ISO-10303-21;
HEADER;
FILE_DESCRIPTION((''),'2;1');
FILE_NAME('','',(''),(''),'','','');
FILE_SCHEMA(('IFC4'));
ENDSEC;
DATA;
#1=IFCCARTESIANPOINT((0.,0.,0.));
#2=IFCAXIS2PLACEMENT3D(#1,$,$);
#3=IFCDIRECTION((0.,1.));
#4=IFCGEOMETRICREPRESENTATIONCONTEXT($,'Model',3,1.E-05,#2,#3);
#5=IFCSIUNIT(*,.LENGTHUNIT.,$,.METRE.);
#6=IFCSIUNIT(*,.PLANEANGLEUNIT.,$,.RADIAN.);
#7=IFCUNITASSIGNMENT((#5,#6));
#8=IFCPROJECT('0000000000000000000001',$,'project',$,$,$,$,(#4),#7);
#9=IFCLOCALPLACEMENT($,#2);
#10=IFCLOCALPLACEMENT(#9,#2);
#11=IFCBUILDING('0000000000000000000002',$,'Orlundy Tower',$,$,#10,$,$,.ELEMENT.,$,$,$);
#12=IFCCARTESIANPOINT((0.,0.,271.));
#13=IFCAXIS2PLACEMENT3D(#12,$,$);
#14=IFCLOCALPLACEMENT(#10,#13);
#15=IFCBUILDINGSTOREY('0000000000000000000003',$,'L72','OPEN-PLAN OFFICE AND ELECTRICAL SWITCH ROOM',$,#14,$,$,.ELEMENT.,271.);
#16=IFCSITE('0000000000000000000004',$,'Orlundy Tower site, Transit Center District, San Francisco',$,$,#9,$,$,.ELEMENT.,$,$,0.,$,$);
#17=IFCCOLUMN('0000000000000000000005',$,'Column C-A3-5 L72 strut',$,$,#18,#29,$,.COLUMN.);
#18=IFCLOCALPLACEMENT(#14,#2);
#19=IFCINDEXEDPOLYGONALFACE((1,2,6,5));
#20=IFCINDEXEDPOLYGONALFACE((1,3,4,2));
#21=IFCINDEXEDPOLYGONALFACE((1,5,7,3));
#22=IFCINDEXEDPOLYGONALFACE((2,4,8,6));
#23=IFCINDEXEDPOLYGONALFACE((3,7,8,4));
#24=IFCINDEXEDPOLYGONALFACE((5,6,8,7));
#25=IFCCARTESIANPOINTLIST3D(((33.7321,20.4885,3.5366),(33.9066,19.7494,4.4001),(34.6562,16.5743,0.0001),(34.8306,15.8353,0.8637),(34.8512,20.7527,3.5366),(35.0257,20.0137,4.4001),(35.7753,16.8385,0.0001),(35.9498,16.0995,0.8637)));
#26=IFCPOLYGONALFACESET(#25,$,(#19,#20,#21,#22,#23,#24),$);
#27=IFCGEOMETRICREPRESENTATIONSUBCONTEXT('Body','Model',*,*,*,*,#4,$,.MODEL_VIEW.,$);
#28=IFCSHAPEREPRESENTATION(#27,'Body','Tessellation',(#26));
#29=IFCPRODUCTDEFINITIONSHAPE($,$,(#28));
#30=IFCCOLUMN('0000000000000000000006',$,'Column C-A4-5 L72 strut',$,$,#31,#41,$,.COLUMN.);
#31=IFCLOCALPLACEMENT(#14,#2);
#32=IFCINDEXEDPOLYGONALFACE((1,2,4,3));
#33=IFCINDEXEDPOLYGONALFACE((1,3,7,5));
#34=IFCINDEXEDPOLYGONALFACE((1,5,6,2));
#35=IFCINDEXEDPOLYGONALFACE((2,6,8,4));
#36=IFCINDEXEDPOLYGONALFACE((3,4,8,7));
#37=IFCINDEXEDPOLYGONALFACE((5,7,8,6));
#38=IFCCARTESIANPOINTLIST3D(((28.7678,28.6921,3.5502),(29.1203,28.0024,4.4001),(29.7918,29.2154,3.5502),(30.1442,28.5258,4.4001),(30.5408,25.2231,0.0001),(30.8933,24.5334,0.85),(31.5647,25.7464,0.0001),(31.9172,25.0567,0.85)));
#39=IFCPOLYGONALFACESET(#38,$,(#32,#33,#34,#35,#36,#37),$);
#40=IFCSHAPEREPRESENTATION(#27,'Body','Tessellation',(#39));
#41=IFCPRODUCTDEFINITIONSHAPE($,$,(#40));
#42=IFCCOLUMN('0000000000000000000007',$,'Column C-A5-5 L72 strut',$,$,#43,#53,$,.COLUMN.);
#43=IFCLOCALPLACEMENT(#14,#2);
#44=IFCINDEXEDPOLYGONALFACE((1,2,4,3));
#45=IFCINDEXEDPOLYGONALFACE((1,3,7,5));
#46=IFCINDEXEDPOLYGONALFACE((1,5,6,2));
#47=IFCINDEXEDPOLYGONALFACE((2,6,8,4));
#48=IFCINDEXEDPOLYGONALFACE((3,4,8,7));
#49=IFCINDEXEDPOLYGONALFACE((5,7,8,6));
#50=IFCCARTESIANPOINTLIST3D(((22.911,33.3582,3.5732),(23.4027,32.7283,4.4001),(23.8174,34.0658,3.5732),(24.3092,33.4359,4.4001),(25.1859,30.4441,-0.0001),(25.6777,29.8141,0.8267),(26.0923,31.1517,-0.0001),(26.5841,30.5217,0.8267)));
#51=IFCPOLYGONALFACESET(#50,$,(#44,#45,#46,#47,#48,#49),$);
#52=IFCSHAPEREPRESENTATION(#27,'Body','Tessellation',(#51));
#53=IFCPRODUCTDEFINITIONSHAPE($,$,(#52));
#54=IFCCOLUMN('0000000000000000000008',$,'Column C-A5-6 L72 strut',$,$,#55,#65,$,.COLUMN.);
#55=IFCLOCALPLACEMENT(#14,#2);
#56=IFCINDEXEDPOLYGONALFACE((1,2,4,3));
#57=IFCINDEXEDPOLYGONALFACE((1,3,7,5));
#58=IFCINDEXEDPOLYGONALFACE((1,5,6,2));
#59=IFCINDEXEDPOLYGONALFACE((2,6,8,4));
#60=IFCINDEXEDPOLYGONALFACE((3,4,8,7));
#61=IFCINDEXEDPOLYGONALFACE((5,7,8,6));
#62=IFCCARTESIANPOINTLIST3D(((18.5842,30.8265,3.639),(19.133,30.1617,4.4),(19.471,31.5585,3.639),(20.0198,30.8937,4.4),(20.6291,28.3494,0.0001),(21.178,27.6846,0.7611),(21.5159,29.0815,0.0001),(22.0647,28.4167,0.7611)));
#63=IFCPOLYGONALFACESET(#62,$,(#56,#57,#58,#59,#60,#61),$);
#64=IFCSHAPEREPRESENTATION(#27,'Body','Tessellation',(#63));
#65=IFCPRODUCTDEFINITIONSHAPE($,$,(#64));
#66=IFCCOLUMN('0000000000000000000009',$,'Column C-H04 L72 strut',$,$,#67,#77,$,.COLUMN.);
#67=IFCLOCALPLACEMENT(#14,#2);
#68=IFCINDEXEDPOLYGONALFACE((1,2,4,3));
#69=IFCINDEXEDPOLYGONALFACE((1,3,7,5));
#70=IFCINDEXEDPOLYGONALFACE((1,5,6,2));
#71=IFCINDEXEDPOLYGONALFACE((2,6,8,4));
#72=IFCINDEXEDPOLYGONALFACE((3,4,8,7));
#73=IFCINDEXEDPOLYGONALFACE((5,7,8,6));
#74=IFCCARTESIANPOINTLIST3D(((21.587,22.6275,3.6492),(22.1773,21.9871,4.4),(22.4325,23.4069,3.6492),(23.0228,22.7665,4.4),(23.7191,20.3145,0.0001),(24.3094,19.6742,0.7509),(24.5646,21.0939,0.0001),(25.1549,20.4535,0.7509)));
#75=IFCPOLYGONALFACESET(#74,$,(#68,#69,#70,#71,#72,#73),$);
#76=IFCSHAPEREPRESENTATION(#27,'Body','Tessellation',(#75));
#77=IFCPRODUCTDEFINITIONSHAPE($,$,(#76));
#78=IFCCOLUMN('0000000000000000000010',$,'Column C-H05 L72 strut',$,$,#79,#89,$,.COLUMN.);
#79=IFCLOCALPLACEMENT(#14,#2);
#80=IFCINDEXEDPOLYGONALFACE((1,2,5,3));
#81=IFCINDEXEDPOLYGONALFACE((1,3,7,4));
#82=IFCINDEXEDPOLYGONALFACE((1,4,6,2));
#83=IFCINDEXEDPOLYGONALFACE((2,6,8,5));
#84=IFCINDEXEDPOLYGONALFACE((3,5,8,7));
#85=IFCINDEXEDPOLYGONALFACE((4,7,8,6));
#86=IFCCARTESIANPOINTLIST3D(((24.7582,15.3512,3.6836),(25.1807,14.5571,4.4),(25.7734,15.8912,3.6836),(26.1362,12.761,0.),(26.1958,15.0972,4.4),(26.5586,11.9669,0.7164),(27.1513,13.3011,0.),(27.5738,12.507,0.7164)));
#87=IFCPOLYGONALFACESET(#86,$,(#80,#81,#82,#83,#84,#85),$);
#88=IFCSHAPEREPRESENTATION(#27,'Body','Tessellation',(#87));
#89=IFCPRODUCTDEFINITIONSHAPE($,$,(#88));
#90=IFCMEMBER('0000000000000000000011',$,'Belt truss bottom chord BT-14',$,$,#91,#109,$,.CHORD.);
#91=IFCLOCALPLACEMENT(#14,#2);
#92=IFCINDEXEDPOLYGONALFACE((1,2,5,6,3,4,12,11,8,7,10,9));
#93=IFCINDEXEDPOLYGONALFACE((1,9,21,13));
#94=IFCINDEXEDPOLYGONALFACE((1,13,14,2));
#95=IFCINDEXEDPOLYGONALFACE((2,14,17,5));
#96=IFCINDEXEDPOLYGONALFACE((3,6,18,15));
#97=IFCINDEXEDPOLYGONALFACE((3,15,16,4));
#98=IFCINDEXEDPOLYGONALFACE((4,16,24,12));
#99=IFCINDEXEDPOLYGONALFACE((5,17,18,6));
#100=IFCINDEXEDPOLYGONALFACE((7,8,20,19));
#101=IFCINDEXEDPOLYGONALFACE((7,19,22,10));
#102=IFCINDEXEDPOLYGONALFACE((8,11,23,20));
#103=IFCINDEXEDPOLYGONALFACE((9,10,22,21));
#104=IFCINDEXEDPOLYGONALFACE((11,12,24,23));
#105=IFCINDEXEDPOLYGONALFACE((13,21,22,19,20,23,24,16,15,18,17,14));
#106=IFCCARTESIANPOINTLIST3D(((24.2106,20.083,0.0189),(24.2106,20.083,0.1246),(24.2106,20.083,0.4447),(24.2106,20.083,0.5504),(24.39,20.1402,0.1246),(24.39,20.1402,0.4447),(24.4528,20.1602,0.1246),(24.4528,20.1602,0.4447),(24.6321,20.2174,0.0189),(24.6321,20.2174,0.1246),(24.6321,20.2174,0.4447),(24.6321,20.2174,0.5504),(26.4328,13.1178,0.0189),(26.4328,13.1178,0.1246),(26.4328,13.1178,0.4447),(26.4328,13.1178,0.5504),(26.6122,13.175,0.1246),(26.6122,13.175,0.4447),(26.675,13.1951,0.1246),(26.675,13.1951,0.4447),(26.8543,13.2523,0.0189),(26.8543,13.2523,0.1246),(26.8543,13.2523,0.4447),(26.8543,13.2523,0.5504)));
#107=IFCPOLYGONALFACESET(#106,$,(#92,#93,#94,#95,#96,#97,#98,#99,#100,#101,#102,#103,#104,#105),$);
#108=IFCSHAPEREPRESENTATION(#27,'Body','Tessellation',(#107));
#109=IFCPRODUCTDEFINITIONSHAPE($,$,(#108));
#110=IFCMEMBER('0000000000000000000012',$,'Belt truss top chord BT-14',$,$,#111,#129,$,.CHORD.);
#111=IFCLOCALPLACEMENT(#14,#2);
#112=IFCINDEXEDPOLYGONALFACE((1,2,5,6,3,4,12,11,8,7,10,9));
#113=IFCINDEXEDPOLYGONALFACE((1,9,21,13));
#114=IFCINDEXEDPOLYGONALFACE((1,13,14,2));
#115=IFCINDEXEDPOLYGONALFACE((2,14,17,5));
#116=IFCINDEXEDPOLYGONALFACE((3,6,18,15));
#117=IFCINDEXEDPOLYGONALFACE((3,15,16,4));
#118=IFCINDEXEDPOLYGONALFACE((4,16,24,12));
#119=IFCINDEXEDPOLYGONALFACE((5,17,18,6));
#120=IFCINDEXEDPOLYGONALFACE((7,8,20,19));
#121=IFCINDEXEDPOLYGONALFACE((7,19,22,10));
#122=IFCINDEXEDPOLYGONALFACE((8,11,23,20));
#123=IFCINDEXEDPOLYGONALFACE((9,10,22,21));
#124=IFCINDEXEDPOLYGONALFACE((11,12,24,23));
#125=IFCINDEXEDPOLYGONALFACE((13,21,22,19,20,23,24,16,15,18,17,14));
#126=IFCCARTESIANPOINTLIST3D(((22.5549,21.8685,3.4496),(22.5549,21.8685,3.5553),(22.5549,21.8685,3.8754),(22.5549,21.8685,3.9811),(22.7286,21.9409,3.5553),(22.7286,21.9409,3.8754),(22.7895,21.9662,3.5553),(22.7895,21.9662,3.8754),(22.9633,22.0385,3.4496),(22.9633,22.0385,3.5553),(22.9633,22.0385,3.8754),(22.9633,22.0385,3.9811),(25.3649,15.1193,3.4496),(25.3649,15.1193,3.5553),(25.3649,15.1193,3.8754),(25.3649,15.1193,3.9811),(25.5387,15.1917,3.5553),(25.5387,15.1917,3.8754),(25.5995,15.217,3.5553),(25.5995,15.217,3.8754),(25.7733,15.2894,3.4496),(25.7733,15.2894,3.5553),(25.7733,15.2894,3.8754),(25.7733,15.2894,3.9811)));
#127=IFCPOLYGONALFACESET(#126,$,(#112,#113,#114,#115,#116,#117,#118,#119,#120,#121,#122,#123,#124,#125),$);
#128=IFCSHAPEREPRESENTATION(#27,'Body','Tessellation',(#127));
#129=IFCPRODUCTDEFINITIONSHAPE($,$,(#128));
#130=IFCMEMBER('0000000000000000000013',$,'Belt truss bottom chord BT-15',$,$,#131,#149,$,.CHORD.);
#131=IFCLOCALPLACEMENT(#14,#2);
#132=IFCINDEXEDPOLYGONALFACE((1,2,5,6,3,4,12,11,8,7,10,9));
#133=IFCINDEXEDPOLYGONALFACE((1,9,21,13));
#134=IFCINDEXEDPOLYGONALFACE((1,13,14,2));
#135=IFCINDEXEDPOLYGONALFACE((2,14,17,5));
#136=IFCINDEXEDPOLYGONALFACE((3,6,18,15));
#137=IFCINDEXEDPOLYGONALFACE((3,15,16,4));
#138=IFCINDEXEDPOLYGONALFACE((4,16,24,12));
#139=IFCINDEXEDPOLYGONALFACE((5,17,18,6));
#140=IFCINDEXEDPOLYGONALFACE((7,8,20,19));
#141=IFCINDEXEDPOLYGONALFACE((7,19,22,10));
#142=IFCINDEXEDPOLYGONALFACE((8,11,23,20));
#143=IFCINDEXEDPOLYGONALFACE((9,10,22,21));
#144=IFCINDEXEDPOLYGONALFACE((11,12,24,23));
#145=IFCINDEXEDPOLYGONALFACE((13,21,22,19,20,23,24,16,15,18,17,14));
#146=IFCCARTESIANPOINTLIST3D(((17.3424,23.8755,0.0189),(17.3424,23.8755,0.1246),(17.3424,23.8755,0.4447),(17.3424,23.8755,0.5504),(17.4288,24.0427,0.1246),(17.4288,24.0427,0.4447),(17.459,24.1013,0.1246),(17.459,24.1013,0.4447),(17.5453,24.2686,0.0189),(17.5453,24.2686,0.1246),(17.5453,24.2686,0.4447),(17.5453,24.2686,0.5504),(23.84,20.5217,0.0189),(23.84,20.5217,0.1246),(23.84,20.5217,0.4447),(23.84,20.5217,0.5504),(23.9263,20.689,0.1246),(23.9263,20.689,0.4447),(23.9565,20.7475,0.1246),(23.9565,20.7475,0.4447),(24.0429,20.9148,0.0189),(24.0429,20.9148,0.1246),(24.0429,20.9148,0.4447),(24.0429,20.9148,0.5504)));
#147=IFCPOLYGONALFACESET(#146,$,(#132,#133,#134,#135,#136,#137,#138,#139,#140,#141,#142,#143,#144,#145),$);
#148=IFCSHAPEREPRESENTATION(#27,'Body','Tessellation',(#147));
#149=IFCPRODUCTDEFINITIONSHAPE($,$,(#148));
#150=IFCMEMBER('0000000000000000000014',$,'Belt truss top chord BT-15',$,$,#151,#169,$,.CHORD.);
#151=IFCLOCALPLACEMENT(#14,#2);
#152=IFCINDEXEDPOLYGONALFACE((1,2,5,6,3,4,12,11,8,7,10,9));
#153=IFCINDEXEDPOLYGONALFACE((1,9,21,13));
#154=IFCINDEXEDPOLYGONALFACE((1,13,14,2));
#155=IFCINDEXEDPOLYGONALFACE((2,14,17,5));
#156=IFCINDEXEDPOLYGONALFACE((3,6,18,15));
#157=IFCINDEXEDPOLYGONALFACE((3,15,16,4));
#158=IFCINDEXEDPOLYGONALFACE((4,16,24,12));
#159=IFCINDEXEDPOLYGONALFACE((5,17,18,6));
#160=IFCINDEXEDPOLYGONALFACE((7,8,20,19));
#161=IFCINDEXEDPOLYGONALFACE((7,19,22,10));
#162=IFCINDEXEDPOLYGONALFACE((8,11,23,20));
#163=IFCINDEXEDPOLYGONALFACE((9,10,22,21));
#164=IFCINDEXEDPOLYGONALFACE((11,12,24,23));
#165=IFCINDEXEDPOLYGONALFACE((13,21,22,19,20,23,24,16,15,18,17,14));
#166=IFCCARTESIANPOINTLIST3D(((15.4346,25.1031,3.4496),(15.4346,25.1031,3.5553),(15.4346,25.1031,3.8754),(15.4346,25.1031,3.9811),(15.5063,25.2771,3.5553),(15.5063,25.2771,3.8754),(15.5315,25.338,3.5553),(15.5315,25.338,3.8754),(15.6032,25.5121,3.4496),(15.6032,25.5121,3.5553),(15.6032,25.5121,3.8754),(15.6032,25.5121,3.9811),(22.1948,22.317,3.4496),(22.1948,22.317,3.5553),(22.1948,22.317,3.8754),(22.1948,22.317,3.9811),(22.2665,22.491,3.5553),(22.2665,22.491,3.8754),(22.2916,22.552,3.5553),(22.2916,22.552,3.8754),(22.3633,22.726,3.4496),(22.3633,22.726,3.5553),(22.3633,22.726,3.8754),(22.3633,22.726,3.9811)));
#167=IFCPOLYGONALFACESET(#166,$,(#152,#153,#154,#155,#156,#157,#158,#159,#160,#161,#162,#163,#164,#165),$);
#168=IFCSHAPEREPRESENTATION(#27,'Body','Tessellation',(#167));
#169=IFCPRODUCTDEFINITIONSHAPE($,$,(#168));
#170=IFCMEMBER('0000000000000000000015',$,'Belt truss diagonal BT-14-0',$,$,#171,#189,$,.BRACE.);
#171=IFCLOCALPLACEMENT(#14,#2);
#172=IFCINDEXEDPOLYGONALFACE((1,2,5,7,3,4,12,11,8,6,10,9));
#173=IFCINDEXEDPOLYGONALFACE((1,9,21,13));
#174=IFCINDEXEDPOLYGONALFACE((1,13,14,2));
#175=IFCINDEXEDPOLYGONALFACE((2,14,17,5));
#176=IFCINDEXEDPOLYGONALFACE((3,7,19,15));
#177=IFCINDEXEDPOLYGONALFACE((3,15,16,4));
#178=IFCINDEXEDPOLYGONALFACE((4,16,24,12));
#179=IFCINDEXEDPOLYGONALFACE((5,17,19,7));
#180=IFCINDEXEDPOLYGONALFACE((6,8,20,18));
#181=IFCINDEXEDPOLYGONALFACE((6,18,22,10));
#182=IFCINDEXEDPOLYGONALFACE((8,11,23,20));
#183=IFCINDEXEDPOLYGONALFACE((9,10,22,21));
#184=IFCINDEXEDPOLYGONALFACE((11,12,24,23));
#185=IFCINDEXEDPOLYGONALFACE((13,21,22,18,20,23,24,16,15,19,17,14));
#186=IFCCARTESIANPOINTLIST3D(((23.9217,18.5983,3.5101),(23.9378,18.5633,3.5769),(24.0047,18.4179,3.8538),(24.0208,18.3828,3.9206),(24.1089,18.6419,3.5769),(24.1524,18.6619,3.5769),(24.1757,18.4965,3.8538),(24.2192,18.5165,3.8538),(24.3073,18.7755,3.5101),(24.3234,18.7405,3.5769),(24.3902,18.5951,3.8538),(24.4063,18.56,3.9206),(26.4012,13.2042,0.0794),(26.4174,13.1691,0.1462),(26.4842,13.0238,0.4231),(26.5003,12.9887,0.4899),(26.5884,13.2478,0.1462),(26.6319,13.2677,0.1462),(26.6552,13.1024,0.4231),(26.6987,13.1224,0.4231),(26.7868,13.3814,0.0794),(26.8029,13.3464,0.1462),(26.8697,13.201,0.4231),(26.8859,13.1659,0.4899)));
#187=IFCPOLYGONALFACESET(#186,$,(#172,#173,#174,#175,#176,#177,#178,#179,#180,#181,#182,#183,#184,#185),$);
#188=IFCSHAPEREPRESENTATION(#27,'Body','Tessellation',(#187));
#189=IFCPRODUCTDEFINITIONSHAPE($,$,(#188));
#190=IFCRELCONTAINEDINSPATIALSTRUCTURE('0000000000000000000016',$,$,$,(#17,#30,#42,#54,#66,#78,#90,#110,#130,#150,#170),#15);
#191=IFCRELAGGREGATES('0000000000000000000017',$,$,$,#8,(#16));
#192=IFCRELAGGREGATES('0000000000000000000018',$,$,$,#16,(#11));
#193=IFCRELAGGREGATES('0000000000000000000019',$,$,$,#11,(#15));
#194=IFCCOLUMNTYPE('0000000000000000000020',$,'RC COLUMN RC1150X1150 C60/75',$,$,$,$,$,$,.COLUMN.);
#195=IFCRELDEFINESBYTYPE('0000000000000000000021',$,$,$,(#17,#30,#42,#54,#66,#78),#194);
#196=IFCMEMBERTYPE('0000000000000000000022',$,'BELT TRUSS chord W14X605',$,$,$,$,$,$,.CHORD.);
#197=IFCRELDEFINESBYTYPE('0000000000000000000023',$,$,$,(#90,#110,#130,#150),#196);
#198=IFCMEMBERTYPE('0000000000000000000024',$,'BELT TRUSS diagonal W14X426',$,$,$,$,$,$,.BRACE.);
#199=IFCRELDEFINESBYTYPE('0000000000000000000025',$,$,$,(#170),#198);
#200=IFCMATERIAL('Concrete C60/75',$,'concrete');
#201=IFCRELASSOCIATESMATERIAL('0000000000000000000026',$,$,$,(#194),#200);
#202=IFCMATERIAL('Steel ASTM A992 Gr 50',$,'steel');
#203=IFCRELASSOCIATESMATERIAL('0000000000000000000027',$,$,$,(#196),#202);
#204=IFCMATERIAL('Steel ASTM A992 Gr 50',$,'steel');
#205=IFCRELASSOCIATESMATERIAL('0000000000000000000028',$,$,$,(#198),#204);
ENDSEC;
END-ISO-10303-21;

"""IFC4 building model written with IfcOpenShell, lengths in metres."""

from ifc_helpers import new_model, si_unit, direction, frame, origin, origin_2d, place, context, subcontext, project, spatial, rectangle, i_section, extrude, material, material_profile, profile_set, type_object, element, save


model = new_model("IFC4")

# Units and contexts
model_context = context("Model", 3, precision=1e-05, world=origin(), true_north=direction((0.0, 1.0)))
body_context = subcontext(model_context, "Body", "Model", "MODEL_VIEW")
ifc_project = project(units=[si_unit("LENGTHUNIT", "METRE"), si_unit("PLANEANGLEUNIT", "RADIAN")], contexts=[model_context])

# Site, building, storey
site_placement = place(None, origin())
site = spatial("IfcSite", under=ifc_project, at=site_placement, Name="Orlundy Tower site, Transit Center District, San Francisco", CompositionType="ELEMENT", RefElevation=0.0)
building_placement = place(site_placement, origin())
building = spatial("IfcBuilding", under=site, at=building_placement, Name="Orlundy Tower", CompositionType="ELEMENT")
storey_placement = place(building_placement, frame((0.0, 0.0, 271.0)))
storey = spatial("IfcBuildingStorey", under=building, at=storey_placement, Name="L72", Description="OPEN-PLAN OFFICE AND ELECTRICAL SWITCH ROOM", CompositionType="ELEMENT", Elevation=271.0)

# Columns
ifc_material_1 = material(Name="Concrete C60/75", Category="concrete")
ifc_material_profile_1 = material_profile(ifc_material_1, rectangle(XDim=1.1499, YDim=1.1499, at=origin_2d()), Name="RC1150X1150")
ifc_profile_set_1 = profile_set([ifc_material_profile_1], Name="Concrete C60/75")
column_type = type_object("IfcColumnType", Name="RC COLUMN RC1150X1150 C60/75", PredefinedType="COLUMN", material=ifc_profile_set_1)
column_1_placement = place(storey_placement, frame((35.303, 16.3369, 0.4319), z_axis=(-0.172551, 0.73087, 0.660345), x_axis=(-0.973244, -0.229774, 0.0)))
element("IfcColumn", 1, at=column_1_placement, inside=storey, type_object=column_type, Name="Column C-A3-5 L72 strut", PredefinedType="COLUMN", context=body_context, shape_type="SweptSolid", body=[
    extrude(rectangle(XDim=1.1499, YDim=1.1499, at=origin_2d()), origin(), (0.0, 0.0, 1.0), 5.3555),
])
column_2_placement = place(storey_placement, frame((31.229, 25.1399, 0.425), z_axis=(-0.336379, 0.658168, 0.673546), x_axis=(-0.890444, -0.455092, 0.0)))
element("IfcColumn", 2, at=column_2_placement, inside=storey, type_object=column_type, Name="Column C-A4-5 L72 strut", PredefinedType="COLUMN", context=body_context, shape_type="SweptSolid", body=[
    extrude(rectangle(XDim=1.1499, YDim=1.1499, at=origin_2d()), origin(), (0.0, 0.0, 1.0), 5.2708),
])
column_3_placement = place(storey_placement, frame((25.885, 30.4829, 0.4133), z_axis=(-0.442459, 0.566773, 0.694981), x_axis=(-0.788249, -0.615357, 0.0)))
element("IfcColumn", 3, at=column_3_placement, inside=storey, type_object=column_type, Name="Column C-A5-5 L72 strut", PredefinedType="COLUMN", context=body_context, shape_type="SweptSolid", body=[
    extrude(rectangle(XDim=1.1499, YDim=1.1499, at=origin_2d()), origin(), (0.0, 0.0, 1.0), 5.1416),
])
column_4_placement = place(storey_placement, frame((21.3469, 28.3831, 0.3806), z_axis=(-0.421305, 0.510334, 0.749707), x_axis=(-0.771166, -0.636634, 0.0)))
element("IfcColumn", 4, at=column_4_placement, inside=storey, type_object=column_type, Name="Column C-A5-6 L72 strut", PredefinedType="COLUMN", context=body_context, shape_type="SweptSolid", body=[
    extrude(rectangle(XDim=1.1499, YDim=1.1499, at=origin_2d()), origin(), (0.0, 0.0, 1.0), 4.8538),
])
column_5_placement = place(storey_placement, frame((24.437, 20.384, 0.3755), z_axis=(-0.442533, 0.480083, 0.75742), x_axis=(-0.735276, -0.677767, 0.0)))
element("IfcColumn", 5, at=column_5_placement, inside=storey, type_object=column_type, Name="Column C-H04 L72 strut", PredefinedType="COLUMN", context=body_context, shape_type="SweptSolid", body=[
    extrude(rectangle(XDim=1.1499, YDim=1.1499, at=origin_2d()), origin(), (0.0, 0.0, 1.0), 4.8179),
])
column_6_placement = place(storey_placement, frame((26.855, 12.634, 0.3582), z_axis=(-0.292607, 0.550012, 0.78222), x_axis=(-0.882841, -0.469672, 0.0)))
element("IfcColumn", 6, at=column_6_placement, inside=storey, type_object=column_type, Name="Column C-H05 L72 strut", PredefinedType="COLUMN", context=body_context, shape_type="SweptSolid", body=[
    extrude(rectangle(XDim=1.1499, YDim=1.1499, at=origin_2d()), origin(), (0.0, 0.0, 1.0), 4.7092),
])

# Members
ifc_material_2 = material(Name="Steel ASTM A992 Gr 50", Category="steel")
ifc_material_profile_2 = material_profile(ifc_material_2, i_section(OverallWidth=0.4424, OverallDepth=0.5315, WebThickness=0.0659, FlangeThickness=0.1057, at=origin_2d()), Name="W14X605")
ifc_profile_set_2 = profile_set([ifc_material_profile_2], Name="Steel ASTM A992 Gr 50")
member_type_1 = type_object("IfcMemberType", Name="BELT TRUSS chord W14X605", PredefinedType="CHORD", material=ifc_profile_set_2)
member_1_placement = place(storey_placement, frame((26.6436, 13.1851, 0.2847), z_axis=(-0.303949, 0.952688, 0.0), x_axis=(-0.952688, -0.303949, 0.0)))
element("IfcMember", 7, at=member_1_placement, inside=storey, type_object=member_type_1, Name="Belt truss bottom chord BT-14", PredefinedType="CHORD", context=body_context, shape_type="SweptSolid", body=[
    extrude(i_section(OverallWidth=0.4424, OverallDepth=0.5315, WebThickness=0.0659, FlangeThickness=0.1057, at=origin_2d()), origin(), (0.0, 0.0, 1.0), 7.311),
])
member_2_placement = place(storey_placement, frame((25.5691, 15.2043, 3.7153), z_axis=(-0.384366, 0.923181, 0.0), x_axis=(-0.923181, -0.384366, 0.0)))
element("IfcMember", 8, at=member_2_placement, inside=storey, type_object=member_type_1, Name="Belt truss top chord BT-14", PredefinedType="CHORD", context=body_context, shape_type="SweptSolid", body=[
    extrude(i_section(OverallWidth=0.4424, OverallDepth=0.5315, WebThickness=0.0659, FlangeThickness=0.1057, at=origin_2d()), origin(), (0.0, 0.0, 1.0), 7.3108),
])
member_3_placement = place(storey_placement, frame((23.9414, 20.7183, 0.2847), z_axis=(-0.888611, 0.458662, 0.0), x_axis=(-0.458662, -0.888611, 0.0)))
element("IfcMember", 9, at=member_3_placement, inside=storey, type_object=member_type_1, Name="Belt truss bottom chord BT-15", PredefinedType="CHORD", context=body_context, shape_type="SweptSolid", body=[
    extrude(i_section(OverallWidth=0.4424, OverallDepth=0.5315, WebThickness=0.0659, FlangeThickness=0.1057, at=origin_2d()), origin(), (0.0, 0.0, 1.0), 7.312),
])
member_4_placement = place(storey_placement, frame((22.2791, 22.5215, 3.7153), z_axis=(-0.924558, 0.381042, 0.0), x_axis=(-0.381042, -0.924558, 0.0)))
element("IfcMember", 10, at=member_4_placement, inside=storey, type_object=member_type_1, Name="Belt truss top chord BT-15", PredefinedType="CHORD", context=body_context, shape_type="SweptSolid", body=[
    extrude(i_section(OverallWidth=0.4424, OverallDepth=0.5315, WebThickness=0.0659, FlangeThickness=0.1057, at=origin_2d()), origin(), (0.0, 0.0, 1.0), 7.3118),
])
ifc_material_3 = material(Name="Steel ASTM A992 Gr 50", Category="steel")
ifc_material_profile_3 = material_profile(ifc_material_3, i_section(OverallWidth=0.4243, OverallDepth=0.4741, WebThickness=0.0479, FlangeThickness=0.0771, at=origin_2d()), Name="W14X426")
ifc_profile_set_3 = profile_set([ifc_material_profile_3], Name="Steel ASTM A992 Gr 50")
member_type_2 = type_object("IfcMemberType", Name="BELT TRUSS diagonal W14X426", PredefinedType="BRACE", material=ifc_profile_set_3)
member_5_placement = place(storey_placement, frame((26.6436, 13.1851, 0.2847), z_axis=(-0.361621, 0.786693, 0.500344), x_axis=(-0.908603, -0.41766, 0.0)))
element("IfcMember", 11, at=member_5_placement, inside=storey, type_object=member_type_2, Name="Belt truss diagonal BT-14-0", PredefinedType="BRACE", context=body_context, shape_type="SweptSolid", body=[
    extrude(i_section(OverallWidth=0.4243, OverallDepth=0.4741, WebThickness=0.0479, FlangeThickness=0.0771, at=origin_2d()), origin(), (0.0, 0.0, 1.0), 6.8567),
])

save(model, "model.ifc")
